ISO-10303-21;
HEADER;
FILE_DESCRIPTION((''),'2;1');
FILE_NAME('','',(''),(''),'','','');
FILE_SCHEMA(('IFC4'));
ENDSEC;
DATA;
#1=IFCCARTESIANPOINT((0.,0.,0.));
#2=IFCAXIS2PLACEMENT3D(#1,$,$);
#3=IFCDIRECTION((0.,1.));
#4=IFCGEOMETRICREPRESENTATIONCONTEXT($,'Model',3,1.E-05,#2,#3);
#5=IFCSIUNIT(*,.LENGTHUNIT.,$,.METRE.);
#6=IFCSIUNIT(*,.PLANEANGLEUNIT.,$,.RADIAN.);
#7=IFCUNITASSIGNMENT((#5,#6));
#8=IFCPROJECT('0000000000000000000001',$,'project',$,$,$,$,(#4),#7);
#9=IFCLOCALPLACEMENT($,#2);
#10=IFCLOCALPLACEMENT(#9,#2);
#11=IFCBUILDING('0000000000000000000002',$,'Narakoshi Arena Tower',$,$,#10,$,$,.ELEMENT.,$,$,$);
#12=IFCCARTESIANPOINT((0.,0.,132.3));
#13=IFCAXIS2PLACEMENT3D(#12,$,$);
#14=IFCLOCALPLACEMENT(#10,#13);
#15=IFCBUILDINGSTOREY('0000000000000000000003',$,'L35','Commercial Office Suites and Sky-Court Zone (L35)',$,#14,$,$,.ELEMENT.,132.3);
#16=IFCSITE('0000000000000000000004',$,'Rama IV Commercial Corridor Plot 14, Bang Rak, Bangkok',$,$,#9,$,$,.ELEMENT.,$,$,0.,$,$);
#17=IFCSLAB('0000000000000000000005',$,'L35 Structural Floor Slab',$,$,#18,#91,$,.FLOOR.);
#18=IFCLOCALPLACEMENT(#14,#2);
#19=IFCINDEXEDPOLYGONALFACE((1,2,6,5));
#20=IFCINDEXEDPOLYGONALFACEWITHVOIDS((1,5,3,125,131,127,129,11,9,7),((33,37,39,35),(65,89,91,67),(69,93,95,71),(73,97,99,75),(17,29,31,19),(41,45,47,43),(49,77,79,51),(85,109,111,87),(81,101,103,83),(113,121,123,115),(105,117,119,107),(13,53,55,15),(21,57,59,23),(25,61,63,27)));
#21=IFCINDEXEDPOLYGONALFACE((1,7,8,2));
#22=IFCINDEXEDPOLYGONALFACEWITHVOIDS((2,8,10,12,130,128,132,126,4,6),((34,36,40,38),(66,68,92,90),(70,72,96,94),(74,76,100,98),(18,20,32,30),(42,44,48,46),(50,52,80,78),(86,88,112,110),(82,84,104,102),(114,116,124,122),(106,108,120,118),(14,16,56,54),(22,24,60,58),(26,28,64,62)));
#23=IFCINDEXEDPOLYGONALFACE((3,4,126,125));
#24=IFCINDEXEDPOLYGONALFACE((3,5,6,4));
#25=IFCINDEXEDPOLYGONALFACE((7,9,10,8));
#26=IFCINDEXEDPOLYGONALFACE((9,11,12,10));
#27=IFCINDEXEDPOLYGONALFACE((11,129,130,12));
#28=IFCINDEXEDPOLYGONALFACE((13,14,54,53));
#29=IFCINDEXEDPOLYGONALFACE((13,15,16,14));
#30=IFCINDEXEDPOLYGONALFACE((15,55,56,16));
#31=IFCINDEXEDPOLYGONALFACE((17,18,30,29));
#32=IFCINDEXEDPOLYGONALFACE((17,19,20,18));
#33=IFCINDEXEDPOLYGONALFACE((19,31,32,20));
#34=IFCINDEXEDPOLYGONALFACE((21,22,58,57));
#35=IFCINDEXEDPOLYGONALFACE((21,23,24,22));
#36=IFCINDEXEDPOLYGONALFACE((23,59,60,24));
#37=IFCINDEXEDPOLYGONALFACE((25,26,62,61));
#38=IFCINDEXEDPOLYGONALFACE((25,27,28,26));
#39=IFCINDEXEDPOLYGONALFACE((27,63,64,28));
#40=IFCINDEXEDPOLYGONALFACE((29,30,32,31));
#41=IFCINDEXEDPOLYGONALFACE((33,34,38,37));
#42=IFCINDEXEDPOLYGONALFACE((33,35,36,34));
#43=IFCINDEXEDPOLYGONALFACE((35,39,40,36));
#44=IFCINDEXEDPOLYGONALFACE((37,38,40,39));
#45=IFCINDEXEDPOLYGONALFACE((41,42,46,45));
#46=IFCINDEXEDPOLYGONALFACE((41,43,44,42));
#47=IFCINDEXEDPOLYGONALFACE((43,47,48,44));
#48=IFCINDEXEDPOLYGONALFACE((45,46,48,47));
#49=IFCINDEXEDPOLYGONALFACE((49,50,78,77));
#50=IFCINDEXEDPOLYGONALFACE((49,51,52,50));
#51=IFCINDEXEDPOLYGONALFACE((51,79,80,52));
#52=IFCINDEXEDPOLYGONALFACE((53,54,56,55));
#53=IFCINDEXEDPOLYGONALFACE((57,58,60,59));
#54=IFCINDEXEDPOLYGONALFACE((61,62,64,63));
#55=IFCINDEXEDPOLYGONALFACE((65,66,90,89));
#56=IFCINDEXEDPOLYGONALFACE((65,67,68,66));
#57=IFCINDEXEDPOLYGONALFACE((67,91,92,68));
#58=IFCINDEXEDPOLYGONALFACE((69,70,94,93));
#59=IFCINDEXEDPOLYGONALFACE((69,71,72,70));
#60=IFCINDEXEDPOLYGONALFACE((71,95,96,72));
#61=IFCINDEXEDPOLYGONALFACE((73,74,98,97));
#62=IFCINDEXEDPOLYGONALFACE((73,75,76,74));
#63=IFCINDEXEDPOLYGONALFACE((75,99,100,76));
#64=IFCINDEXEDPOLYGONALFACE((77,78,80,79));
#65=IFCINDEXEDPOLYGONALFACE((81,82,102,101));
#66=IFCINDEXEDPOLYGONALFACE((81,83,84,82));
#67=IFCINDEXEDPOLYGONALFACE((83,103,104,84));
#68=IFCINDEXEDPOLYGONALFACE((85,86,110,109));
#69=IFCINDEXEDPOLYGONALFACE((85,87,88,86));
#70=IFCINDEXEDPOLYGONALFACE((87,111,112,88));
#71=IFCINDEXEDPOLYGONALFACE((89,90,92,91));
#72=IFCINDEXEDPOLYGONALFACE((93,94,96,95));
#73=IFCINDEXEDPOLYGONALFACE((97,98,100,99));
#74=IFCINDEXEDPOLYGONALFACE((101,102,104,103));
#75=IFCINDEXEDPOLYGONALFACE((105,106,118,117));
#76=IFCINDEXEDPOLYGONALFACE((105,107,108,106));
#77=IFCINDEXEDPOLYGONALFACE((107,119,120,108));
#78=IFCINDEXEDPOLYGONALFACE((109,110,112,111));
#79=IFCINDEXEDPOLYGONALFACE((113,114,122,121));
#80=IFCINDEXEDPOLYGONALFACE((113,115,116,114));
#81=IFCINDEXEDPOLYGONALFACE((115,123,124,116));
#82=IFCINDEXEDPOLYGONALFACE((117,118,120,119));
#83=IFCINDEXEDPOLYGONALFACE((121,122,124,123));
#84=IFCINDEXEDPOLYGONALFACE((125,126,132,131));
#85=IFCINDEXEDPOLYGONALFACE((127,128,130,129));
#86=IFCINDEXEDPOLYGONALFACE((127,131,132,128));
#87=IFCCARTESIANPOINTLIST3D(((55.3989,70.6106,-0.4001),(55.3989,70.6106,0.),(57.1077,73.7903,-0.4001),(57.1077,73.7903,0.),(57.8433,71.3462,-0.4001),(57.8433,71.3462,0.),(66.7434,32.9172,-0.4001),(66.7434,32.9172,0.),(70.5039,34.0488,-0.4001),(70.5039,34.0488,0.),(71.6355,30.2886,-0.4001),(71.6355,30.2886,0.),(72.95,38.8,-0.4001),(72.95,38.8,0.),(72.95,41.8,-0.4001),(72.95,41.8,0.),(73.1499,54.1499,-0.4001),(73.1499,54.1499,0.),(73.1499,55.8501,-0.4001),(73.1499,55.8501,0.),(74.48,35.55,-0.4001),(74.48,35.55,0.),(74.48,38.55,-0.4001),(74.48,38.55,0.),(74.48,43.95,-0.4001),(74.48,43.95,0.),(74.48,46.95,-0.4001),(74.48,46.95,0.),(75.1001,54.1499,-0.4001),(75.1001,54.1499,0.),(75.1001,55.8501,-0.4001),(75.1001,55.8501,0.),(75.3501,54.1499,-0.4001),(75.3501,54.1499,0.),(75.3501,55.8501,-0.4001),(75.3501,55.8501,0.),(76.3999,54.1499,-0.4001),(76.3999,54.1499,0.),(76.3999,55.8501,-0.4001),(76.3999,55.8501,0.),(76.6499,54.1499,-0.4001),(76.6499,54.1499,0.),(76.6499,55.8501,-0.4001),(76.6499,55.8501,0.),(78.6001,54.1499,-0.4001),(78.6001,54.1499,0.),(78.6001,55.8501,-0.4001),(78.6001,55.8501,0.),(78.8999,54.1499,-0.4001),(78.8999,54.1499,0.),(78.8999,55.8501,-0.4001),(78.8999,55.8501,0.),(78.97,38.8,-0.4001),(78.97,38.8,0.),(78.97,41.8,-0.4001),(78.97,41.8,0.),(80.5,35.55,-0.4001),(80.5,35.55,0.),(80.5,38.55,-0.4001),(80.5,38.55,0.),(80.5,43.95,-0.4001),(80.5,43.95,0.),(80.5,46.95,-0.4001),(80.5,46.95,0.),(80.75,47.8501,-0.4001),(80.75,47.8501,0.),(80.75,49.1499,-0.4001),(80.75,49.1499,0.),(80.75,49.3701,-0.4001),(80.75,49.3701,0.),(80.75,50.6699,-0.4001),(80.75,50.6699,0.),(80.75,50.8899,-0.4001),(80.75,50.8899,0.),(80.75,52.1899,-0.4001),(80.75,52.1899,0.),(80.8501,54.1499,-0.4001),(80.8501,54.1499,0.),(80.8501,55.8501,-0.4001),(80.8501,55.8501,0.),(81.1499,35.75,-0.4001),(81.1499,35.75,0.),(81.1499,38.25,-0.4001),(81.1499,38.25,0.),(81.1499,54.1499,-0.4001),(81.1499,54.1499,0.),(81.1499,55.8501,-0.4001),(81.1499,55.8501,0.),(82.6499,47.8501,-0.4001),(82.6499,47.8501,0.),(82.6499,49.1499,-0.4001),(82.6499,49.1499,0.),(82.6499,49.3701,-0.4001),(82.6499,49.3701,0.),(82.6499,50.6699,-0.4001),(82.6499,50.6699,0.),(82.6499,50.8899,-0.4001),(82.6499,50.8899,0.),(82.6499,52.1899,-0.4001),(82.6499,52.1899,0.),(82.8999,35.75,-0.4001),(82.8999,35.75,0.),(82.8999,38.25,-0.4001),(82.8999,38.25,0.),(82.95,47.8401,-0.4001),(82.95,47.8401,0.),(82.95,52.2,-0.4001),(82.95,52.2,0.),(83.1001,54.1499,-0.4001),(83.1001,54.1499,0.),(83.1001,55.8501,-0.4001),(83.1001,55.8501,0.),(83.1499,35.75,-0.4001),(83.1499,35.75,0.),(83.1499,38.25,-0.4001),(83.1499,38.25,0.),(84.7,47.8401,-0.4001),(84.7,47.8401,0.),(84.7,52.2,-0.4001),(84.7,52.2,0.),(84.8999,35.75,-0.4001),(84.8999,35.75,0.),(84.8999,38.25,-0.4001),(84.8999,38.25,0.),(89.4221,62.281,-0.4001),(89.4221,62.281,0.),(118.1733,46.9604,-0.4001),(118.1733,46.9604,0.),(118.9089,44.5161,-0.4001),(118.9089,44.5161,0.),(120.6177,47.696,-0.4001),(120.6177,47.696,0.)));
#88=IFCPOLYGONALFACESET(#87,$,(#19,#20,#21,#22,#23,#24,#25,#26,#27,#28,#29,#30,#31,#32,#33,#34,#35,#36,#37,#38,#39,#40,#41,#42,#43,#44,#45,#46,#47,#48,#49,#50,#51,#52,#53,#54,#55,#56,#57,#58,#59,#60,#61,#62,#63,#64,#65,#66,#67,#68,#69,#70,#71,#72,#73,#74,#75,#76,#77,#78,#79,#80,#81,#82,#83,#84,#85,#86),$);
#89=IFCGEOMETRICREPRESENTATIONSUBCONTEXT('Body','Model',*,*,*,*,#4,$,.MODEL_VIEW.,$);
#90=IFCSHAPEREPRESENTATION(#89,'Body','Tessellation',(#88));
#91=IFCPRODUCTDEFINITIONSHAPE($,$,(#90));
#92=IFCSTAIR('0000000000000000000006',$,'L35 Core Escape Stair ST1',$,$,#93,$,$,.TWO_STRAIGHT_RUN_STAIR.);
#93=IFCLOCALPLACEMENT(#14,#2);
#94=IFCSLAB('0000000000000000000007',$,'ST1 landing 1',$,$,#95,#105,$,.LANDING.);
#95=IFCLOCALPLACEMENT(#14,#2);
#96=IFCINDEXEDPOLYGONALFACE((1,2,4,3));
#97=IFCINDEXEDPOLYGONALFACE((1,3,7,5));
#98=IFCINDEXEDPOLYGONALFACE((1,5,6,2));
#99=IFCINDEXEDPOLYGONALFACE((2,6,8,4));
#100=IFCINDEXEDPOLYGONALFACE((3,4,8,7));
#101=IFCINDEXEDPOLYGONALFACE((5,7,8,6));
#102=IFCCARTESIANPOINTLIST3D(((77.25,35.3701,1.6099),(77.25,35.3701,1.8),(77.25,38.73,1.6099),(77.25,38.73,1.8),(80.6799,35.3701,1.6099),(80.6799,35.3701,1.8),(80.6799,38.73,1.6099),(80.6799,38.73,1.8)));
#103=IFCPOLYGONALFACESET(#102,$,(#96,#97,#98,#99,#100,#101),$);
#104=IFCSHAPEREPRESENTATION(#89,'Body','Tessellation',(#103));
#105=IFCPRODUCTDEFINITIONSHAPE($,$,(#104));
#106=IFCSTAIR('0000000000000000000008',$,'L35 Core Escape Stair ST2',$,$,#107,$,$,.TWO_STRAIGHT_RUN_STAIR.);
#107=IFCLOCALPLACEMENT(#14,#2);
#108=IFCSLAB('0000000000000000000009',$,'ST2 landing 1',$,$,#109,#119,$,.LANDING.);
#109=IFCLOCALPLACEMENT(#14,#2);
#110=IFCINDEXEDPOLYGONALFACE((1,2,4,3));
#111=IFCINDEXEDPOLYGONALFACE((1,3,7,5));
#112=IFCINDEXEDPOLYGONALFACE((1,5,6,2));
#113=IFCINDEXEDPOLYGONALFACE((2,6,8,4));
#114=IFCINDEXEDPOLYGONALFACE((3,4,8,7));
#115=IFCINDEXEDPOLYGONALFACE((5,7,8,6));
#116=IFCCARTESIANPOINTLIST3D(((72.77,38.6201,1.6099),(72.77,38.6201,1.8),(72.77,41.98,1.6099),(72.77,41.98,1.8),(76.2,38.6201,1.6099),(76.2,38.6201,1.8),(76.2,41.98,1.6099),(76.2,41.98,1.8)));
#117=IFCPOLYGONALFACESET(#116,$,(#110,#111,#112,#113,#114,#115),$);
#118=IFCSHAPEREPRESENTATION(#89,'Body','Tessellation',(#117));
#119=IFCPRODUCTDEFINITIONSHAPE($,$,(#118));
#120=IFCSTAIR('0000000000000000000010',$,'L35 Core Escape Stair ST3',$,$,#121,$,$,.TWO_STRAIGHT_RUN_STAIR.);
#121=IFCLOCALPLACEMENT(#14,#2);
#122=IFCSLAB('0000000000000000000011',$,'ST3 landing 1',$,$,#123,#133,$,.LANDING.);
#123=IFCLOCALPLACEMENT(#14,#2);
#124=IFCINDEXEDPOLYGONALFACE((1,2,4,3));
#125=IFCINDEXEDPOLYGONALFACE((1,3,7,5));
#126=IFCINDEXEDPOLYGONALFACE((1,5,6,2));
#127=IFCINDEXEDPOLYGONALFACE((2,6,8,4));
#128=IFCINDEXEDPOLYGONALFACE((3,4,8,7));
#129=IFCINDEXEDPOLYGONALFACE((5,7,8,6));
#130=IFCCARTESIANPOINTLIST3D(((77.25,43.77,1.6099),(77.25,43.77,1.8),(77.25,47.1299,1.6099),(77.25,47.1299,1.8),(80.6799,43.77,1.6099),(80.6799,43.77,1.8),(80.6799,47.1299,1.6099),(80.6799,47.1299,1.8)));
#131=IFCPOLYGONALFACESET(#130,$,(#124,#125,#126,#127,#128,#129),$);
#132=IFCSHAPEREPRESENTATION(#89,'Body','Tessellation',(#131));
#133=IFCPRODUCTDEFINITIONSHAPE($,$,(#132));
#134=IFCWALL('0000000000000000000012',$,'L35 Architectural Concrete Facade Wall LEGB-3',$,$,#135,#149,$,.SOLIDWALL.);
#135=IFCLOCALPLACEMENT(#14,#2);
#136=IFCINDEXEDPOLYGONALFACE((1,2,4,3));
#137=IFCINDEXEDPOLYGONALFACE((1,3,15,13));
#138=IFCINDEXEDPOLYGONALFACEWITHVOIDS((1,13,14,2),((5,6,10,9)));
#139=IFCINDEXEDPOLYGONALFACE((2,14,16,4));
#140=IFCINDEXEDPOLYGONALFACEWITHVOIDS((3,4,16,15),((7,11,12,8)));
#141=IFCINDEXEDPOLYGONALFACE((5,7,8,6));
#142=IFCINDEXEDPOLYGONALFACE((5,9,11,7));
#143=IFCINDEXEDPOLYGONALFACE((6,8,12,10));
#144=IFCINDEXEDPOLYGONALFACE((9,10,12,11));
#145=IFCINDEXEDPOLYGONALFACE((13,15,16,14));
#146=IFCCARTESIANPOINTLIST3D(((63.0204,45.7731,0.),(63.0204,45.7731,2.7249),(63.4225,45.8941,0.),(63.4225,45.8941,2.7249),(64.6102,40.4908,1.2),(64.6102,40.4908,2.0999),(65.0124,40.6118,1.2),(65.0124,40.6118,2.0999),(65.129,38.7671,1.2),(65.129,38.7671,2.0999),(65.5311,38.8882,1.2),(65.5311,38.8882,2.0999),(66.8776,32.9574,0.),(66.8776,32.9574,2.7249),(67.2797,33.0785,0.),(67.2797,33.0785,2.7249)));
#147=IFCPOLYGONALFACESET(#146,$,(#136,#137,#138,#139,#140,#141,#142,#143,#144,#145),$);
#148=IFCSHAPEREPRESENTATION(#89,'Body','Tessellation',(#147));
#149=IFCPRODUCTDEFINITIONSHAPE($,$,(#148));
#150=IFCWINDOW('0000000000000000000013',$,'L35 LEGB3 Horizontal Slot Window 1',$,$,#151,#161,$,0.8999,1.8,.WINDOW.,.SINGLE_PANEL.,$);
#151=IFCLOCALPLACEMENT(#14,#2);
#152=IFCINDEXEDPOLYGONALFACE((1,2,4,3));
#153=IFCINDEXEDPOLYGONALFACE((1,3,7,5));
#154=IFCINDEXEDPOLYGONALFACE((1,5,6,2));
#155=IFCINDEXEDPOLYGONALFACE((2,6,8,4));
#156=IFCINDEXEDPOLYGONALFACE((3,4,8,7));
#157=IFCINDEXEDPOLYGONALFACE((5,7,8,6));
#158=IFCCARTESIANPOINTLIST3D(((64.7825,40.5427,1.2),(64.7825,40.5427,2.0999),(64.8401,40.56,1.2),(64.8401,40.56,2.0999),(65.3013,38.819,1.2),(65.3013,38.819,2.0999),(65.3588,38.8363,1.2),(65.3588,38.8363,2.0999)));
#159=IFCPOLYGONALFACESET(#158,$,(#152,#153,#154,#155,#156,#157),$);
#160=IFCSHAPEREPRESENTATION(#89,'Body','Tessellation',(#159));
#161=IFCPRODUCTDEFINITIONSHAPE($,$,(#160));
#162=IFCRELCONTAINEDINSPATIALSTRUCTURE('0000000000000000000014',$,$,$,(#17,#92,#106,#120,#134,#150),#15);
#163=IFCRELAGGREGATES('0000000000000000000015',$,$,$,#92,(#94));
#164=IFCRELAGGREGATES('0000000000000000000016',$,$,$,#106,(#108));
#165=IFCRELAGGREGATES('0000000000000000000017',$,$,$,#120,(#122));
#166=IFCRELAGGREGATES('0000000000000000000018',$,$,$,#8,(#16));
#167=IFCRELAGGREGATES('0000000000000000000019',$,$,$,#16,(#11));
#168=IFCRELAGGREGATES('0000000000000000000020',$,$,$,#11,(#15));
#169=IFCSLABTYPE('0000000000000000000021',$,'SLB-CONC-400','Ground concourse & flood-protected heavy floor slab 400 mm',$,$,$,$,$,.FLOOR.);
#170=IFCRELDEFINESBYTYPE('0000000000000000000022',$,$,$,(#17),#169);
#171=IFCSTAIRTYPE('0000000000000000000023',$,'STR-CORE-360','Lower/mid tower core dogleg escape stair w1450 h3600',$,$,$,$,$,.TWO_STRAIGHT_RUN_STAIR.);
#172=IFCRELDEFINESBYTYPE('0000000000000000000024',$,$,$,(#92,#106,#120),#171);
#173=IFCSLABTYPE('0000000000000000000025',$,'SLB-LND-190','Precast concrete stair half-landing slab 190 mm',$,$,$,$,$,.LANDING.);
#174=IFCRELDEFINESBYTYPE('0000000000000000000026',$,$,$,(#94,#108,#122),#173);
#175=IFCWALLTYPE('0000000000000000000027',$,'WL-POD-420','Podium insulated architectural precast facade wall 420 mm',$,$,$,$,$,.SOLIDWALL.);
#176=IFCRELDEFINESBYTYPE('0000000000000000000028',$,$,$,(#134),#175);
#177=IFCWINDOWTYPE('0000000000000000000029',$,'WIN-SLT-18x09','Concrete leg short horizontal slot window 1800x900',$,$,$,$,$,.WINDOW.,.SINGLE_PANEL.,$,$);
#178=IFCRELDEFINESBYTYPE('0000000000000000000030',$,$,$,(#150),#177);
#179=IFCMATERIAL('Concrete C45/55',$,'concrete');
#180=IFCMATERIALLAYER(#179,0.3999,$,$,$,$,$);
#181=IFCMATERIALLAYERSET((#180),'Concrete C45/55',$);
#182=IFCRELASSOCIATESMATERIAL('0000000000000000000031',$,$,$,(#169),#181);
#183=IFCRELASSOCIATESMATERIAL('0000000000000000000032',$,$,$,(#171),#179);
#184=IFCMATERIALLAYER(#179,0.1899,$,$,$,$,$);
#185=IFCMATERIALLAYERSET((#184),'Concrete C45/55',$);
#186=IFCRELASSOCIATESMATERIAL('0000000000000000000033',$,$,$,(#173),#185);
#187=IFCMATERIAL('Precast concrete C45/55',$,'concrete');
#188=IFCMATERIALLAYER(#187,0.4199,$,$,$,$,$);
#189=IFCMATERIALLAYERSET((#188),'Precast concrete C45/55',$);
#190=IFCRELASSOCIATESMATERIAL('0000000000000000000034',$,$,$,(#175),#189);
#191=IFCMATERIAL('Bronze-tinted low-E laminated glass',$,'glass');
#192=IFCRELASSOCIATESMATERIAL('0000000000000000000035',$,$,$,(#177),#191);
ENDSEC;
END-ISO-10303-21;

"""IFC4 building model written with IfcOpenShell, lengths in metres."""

from ifc_helpers import new_model, si_unit, direction, frame, frame_2d, origin, place, context, subcontext, project, spatial, polyline, rectangle, outline, extrude, material, layer, layer_set, type_object, element, fill, aggregate, save


model = new_model("IFC4")

# Units and contexts
model_context = context("Model", 3, precision=1e-05, world=origin(), true_north=direction((0.0, 1.0)))
body_context = subcontext(model_context, "Body", "Model", "MODEL_VIEW")
ifc_project = project(units=[si_unit("LENGTHUNIT", "METRE"), si_unit("PLANEANGLEUNIT", "RADIAN")], contexts=[model_context])

# Site, building, storey
site_placement = place(None, origin())
site = spatial("IfcSite", under=ifc_project, at=site_placement, Name="Rama IV Commercial Corridor Plot 14, Bang Rak, Bangkok", CompositionType="ELEMENT", RefElevation=0.0)
building_placement = place(site_placement, origin())
building = spatial("IfcBuilding", under=site, at=building_placement, Name="Narakoshi Arena Tower", CompositionType="ELEMENT")
storey_placement = place(building_placement, frame((0.0, 0.0, 132.3)))
storey = spatial("IfcBuildingStorey", under=building, at=storey_placement, Name="L35", Description="Commercial Office Suites and Sky-Court Zone (L35)", CompositionType="ELEMENT", Elevation=132.3)

# Slab
ifc_material_1 = material(Name="Concrete C45/55", Category="concrete")
ifc_layer_1 = layer(ifc_material_1, 0.3999)
ifc_layer_set_1 = layer_set([ifc_layer_1], Name="Concrete C45/55")
slab_type_1 = type_object("IfcSlabType", Name="SLB-CONC-400", Description="Ground concourse & flood-protected heavy floor slab 400 mm", PredefinedType="FLOOR", material=ifc_layer_set_1)
slab_1_placement = place(storey_placement, frame((0.0, 0.0, -0.4001)))
element("IfcSlab", 1, at=slab_1_placement, inside=storey, type_object=slab_type_1, Name="L35 Structural Floor Slab", PredefinedType="FLOOR", context=body_context, shape_type="SweptSolid", body=[
    extrude(outline(polyline([(71.6355, 30.2886), (118.9089, 44.5161), (118.1733, 46.9604), (120.6177, 47.696), (89.4221, 62.281), (57.1077, 73.7903), (57.8433, 71.3462), (55.3989, 70.6106), (66.7434, 32.9172), (70.5039, 34.0488), (71.6355, 30.2886)]), holes=[polyline([(80.5, 35.55), (74.48, 35.55), (74.48, 38.55), (80.5, 38.55), (80.5, 35.55)]), polyline([(82.8999, 35.75), (81.1499, 35.75), (81.1499, 38.25), (82.8999, 38.25), (82.8999, 35.75)]), polyline([(83.1499, 35.75), (83.1499, 38.25), (84.8999, 38.25), (84.8999, 35.75), (83.1499, 35.75)]), polyline([(72.95, 38.8), (72.95, 41.8), (78.97, 41.8), (78.97, 38.8), (72.95, 38.8)]), polyline([(74.48, 43.95), (74.48, 46.95), (80.5, 46.95), (80.5, 43.95), (74.48, 43.95)]), polyline([(82.95, 47.8401), (82.95, 52.2), (84.7, 52.2), (84.7, 47.8401), (82.95, 47.8401)]), polyline([(80.75, 47.8501), (80.75, 49.1499), (82.6499, 49.1499), (82.6499, 47.8501), (80.75, 47.8501)]), polyline([(80.75, 49.3701), (80.75, 50.6699), (82.6499, 50.6699), (82.6499, 49.3701), (80.75, 49.3701)]), polyline([(80.75, 50.8899), (80.75, 52.1899), (82.6499, 52.1899), (82.6499, 50.8899), (80.75, 50.8899)]), polyline([(73.1499, 54.1499), (73.1499, 55.8501), (75.1001, 55.8501), (75.1001, 54.1499), (73.1499, 54.1499)]), polyline([(75.3501, 54.1499), (75.3501, 55.8501), (76.3999, 55.8501), (76.3999, 54.1499), (75.3501, 54.1499)]), polyline([(76.6499, 54.1499), (76.6499, 55.8501), (78.6001, 55.8501), (78.6001, 54.1499), (76.6499, 54.1499)]), polyline([(78.8999, 54.1499), (78.8999, 55.8501), (80.8501, 55.8501), (80.8501, 54.1499), (78.8999, 54.1499)]), polyline([(81.1499, 54.1499), (81.1499, 55.8501), (83.1001, 55.8501), (83.1001, 54.1499), (81.1499, 54.1499)])]), origin(), (0.0, 0.0, 1.0), 0.4001),
])

# Stairs, slabs
stair_type = type_object("IfcStairType", Name="STR-CORE-360", Description="Lower/mid tower core dogleg escape stair w1450 h3600", PredefinedType="TWO_STRAIGHT_RUN_STAIR", material=ifc_material_1)
stair_1_placement = place(storey_placement, origin())
stair_1 = element("IfcStair", 2, at=stair_1_placement, inside=storey, type_object=stair_type, Name="L35 Core Escape Stair ST1", PredefinedType="TWO_STRAIGHT_RUN_STAIR")
ifc_layer_2 = layer(ifc_material_1, 0.1899)
ifc_layer_set_2 = layer_set([ifc_layer_2], Name="Concrete C45/55")
slab_type_2 = type_object("IfcSlabType", Name="SLB-LND-190", Description="Precast concrete stair half-landing slab 190 mm", PredefinedType="LANDING", material=ifc_layer_set_2)
slab_2_placement = place(storey_placement, frame((0.0, 0.0, 1.6099)))
slab_2 = element("IfcSlab", 3, at=slab_2_placement, type_object=slab_type_2, Name="ST1 landing 1", PredefinedType="LANDING", context=body_context, shape_type="SweptSolid", body=[
    extrude(outline(polyline([(77.25, 35.3701), (80.6799, 35.3701), (80.6799, 38.73), (77.25, 38.73), (77.25, 35.3701)])), origin(), (0.0, 0.0, 1.0), 0.1902),
])
aggregate(stair_1, [slab_2])
stair_2_placement = place(storey_placement, origin())
stair_2 = element("IfcStair", 4, at=stair_2_placement, inside=storey, type_object=stair_type, Name="L35 Core Escape Stair ST2", PredefinedType="TWO_STRAIGHT_RUN_STAIR")
slab_3_placement = place(storey_placement, frame((0.0, 0.0, 1.6099)))
slab_3 = element("IfcSlab", 5, at=slab_3_placement, type_object=slab_type_2, Name="ST2 landing 1", PredefinedType="LANDING", context=body_context, shape_type="SweptSolid", body=[
    extrude(outline(polyline([(72.77, 38.6201), (76.2, 38.6201), (76.2, 41.98), (72.77, 41.98), (72.77, 38.6201)])), origin(), (0.0, 0.0, 1.0), 0.1902),
])
aggregate(stair_2, [slab_3])
stair_3_placement = place(storey_placement, origin())
stair_3 = element("IfcStair", 6, at=stair_3_placement, inside=storey, type_object=stair_type, Name="L35 Core Escape Stair ST3", PredefinedType="TWO_STRAIGHT_RUN_STAIR")
slab_4_placement = place(storey_placement, frame((0.0, 0.0, 1.6099)))
slab_4 = element("IfcSlab", 7, at=slab_4_placement, type_object=slab_type_2, Name="ST3 landing 1", PredefinedType="LANDING", context=body_context, shape_type="SweptSolid", body=[
    extrude(outline(polyline([(77.25, 43.77), (80.6799, 43.77), (80.6799, 47.1299), (77.25, 47.1299), (77.25, 43.77)])), origin(), (0.0, 0.0, 1.0), 0.1902),
])
aggregate(stair_3, [slab_4])

# Wall, opening, window
ifc_material_2 = material(Name="Precast concrete C45/55", Category="concrete")
ifc_layer_3 = layer(ifc_material_2, 0.4199)
ifc_layer_set_3 = layer_set([ifc_layer_3], Name="Precast concrete C45/55")
wall_type_1 = type_object("IfcWallType", Name="WL-POD-420", Description="Podium insulated architectural precast facade wall 420 mm", PredefinedType="SOLIDWALL", material=ifc_layer_set_3)
wall_1_placement = place(storey_placement, frame((63.2214, 45.8337, 0.0), z_axis=(0.0, 0.0, 1.0), x_axis=(0.288203, -0.957569, 0.0)))
wall_1 = element("IfcWall", 8, at=wall_1_placement, inside=storey, type_object=wall_type_1, Name="L35 Architectural Concrete Facade Wall LEGB-3", PredefinedType="SOLIDWALL", context=body_context, shape_type="SweptSolid", body=[
    extrude(rectangle(XDim=13.3835, YDim=0.4199, at=frame_2d((6.6919, 0.0))), origin(), (0.0, 0.0, 1.0), 2.7249),
])
opening_1_placement = place(wall_1_placement, frame((5.5166, 0.0, 1.2)))
opening_1 = element("IfcOpeningElement", 9, at=opening_1_placement, cuts=wall_1, PredefinedType="OPENING", context=body_context, shape_type="SweptSolid", body=[
    extrude(rectangle(XDim=1.8, YDim=0.8999, at=frame_2d((0.8999, 0.45))), frame((0.0, 0.22, 0.0), z_axis=(0.0, -1.0, 0.0), x_axis=(1.0, 0.0, 0.0)), (0.0, 0.0, 1.0), 0.4399),
])
ifc_material_3 = material(Name="Bronze-tinted low-E laminated glass", Category="glass")
window_type_1 = type_object("IfcWindowType", Name="WIN-SLT-18x09", Description="Concrete leg short horizontal slot window 1800x900", PartitioningType="SINGLE_PANEL", PredefinedType="WINDOW", material=ifc_material_3)
window_1_placement = place(opening_1_placement, origin())
window_1 = element("IfcWindow", 10, at=window_1_placement, inside=storey, type_object=window_type_1, Name="L35 LEGB3 Horizontal Slot Window 1", OverallHeight=0.8999, OverallWidth=1.8, PartitioningType="SINGLE_PANEL", PredefinedType="WINDOW", context=body_context, shape_type="SweptSolid", body=[
    extrude(rectangle(XDim=1.8, YDim=0.8999, at=frame_2d((0.8999, 0.45))), frame((0.0, 0.03, 0.0), z_axis=(0.0, -1.0, 0.0), x_axis=(1.0, 0.0, 0.0)), (0.0, 0.0, 1.0), 0.0601),
])
fill(opening_1, window_1)

save(model, "model.ifc")
